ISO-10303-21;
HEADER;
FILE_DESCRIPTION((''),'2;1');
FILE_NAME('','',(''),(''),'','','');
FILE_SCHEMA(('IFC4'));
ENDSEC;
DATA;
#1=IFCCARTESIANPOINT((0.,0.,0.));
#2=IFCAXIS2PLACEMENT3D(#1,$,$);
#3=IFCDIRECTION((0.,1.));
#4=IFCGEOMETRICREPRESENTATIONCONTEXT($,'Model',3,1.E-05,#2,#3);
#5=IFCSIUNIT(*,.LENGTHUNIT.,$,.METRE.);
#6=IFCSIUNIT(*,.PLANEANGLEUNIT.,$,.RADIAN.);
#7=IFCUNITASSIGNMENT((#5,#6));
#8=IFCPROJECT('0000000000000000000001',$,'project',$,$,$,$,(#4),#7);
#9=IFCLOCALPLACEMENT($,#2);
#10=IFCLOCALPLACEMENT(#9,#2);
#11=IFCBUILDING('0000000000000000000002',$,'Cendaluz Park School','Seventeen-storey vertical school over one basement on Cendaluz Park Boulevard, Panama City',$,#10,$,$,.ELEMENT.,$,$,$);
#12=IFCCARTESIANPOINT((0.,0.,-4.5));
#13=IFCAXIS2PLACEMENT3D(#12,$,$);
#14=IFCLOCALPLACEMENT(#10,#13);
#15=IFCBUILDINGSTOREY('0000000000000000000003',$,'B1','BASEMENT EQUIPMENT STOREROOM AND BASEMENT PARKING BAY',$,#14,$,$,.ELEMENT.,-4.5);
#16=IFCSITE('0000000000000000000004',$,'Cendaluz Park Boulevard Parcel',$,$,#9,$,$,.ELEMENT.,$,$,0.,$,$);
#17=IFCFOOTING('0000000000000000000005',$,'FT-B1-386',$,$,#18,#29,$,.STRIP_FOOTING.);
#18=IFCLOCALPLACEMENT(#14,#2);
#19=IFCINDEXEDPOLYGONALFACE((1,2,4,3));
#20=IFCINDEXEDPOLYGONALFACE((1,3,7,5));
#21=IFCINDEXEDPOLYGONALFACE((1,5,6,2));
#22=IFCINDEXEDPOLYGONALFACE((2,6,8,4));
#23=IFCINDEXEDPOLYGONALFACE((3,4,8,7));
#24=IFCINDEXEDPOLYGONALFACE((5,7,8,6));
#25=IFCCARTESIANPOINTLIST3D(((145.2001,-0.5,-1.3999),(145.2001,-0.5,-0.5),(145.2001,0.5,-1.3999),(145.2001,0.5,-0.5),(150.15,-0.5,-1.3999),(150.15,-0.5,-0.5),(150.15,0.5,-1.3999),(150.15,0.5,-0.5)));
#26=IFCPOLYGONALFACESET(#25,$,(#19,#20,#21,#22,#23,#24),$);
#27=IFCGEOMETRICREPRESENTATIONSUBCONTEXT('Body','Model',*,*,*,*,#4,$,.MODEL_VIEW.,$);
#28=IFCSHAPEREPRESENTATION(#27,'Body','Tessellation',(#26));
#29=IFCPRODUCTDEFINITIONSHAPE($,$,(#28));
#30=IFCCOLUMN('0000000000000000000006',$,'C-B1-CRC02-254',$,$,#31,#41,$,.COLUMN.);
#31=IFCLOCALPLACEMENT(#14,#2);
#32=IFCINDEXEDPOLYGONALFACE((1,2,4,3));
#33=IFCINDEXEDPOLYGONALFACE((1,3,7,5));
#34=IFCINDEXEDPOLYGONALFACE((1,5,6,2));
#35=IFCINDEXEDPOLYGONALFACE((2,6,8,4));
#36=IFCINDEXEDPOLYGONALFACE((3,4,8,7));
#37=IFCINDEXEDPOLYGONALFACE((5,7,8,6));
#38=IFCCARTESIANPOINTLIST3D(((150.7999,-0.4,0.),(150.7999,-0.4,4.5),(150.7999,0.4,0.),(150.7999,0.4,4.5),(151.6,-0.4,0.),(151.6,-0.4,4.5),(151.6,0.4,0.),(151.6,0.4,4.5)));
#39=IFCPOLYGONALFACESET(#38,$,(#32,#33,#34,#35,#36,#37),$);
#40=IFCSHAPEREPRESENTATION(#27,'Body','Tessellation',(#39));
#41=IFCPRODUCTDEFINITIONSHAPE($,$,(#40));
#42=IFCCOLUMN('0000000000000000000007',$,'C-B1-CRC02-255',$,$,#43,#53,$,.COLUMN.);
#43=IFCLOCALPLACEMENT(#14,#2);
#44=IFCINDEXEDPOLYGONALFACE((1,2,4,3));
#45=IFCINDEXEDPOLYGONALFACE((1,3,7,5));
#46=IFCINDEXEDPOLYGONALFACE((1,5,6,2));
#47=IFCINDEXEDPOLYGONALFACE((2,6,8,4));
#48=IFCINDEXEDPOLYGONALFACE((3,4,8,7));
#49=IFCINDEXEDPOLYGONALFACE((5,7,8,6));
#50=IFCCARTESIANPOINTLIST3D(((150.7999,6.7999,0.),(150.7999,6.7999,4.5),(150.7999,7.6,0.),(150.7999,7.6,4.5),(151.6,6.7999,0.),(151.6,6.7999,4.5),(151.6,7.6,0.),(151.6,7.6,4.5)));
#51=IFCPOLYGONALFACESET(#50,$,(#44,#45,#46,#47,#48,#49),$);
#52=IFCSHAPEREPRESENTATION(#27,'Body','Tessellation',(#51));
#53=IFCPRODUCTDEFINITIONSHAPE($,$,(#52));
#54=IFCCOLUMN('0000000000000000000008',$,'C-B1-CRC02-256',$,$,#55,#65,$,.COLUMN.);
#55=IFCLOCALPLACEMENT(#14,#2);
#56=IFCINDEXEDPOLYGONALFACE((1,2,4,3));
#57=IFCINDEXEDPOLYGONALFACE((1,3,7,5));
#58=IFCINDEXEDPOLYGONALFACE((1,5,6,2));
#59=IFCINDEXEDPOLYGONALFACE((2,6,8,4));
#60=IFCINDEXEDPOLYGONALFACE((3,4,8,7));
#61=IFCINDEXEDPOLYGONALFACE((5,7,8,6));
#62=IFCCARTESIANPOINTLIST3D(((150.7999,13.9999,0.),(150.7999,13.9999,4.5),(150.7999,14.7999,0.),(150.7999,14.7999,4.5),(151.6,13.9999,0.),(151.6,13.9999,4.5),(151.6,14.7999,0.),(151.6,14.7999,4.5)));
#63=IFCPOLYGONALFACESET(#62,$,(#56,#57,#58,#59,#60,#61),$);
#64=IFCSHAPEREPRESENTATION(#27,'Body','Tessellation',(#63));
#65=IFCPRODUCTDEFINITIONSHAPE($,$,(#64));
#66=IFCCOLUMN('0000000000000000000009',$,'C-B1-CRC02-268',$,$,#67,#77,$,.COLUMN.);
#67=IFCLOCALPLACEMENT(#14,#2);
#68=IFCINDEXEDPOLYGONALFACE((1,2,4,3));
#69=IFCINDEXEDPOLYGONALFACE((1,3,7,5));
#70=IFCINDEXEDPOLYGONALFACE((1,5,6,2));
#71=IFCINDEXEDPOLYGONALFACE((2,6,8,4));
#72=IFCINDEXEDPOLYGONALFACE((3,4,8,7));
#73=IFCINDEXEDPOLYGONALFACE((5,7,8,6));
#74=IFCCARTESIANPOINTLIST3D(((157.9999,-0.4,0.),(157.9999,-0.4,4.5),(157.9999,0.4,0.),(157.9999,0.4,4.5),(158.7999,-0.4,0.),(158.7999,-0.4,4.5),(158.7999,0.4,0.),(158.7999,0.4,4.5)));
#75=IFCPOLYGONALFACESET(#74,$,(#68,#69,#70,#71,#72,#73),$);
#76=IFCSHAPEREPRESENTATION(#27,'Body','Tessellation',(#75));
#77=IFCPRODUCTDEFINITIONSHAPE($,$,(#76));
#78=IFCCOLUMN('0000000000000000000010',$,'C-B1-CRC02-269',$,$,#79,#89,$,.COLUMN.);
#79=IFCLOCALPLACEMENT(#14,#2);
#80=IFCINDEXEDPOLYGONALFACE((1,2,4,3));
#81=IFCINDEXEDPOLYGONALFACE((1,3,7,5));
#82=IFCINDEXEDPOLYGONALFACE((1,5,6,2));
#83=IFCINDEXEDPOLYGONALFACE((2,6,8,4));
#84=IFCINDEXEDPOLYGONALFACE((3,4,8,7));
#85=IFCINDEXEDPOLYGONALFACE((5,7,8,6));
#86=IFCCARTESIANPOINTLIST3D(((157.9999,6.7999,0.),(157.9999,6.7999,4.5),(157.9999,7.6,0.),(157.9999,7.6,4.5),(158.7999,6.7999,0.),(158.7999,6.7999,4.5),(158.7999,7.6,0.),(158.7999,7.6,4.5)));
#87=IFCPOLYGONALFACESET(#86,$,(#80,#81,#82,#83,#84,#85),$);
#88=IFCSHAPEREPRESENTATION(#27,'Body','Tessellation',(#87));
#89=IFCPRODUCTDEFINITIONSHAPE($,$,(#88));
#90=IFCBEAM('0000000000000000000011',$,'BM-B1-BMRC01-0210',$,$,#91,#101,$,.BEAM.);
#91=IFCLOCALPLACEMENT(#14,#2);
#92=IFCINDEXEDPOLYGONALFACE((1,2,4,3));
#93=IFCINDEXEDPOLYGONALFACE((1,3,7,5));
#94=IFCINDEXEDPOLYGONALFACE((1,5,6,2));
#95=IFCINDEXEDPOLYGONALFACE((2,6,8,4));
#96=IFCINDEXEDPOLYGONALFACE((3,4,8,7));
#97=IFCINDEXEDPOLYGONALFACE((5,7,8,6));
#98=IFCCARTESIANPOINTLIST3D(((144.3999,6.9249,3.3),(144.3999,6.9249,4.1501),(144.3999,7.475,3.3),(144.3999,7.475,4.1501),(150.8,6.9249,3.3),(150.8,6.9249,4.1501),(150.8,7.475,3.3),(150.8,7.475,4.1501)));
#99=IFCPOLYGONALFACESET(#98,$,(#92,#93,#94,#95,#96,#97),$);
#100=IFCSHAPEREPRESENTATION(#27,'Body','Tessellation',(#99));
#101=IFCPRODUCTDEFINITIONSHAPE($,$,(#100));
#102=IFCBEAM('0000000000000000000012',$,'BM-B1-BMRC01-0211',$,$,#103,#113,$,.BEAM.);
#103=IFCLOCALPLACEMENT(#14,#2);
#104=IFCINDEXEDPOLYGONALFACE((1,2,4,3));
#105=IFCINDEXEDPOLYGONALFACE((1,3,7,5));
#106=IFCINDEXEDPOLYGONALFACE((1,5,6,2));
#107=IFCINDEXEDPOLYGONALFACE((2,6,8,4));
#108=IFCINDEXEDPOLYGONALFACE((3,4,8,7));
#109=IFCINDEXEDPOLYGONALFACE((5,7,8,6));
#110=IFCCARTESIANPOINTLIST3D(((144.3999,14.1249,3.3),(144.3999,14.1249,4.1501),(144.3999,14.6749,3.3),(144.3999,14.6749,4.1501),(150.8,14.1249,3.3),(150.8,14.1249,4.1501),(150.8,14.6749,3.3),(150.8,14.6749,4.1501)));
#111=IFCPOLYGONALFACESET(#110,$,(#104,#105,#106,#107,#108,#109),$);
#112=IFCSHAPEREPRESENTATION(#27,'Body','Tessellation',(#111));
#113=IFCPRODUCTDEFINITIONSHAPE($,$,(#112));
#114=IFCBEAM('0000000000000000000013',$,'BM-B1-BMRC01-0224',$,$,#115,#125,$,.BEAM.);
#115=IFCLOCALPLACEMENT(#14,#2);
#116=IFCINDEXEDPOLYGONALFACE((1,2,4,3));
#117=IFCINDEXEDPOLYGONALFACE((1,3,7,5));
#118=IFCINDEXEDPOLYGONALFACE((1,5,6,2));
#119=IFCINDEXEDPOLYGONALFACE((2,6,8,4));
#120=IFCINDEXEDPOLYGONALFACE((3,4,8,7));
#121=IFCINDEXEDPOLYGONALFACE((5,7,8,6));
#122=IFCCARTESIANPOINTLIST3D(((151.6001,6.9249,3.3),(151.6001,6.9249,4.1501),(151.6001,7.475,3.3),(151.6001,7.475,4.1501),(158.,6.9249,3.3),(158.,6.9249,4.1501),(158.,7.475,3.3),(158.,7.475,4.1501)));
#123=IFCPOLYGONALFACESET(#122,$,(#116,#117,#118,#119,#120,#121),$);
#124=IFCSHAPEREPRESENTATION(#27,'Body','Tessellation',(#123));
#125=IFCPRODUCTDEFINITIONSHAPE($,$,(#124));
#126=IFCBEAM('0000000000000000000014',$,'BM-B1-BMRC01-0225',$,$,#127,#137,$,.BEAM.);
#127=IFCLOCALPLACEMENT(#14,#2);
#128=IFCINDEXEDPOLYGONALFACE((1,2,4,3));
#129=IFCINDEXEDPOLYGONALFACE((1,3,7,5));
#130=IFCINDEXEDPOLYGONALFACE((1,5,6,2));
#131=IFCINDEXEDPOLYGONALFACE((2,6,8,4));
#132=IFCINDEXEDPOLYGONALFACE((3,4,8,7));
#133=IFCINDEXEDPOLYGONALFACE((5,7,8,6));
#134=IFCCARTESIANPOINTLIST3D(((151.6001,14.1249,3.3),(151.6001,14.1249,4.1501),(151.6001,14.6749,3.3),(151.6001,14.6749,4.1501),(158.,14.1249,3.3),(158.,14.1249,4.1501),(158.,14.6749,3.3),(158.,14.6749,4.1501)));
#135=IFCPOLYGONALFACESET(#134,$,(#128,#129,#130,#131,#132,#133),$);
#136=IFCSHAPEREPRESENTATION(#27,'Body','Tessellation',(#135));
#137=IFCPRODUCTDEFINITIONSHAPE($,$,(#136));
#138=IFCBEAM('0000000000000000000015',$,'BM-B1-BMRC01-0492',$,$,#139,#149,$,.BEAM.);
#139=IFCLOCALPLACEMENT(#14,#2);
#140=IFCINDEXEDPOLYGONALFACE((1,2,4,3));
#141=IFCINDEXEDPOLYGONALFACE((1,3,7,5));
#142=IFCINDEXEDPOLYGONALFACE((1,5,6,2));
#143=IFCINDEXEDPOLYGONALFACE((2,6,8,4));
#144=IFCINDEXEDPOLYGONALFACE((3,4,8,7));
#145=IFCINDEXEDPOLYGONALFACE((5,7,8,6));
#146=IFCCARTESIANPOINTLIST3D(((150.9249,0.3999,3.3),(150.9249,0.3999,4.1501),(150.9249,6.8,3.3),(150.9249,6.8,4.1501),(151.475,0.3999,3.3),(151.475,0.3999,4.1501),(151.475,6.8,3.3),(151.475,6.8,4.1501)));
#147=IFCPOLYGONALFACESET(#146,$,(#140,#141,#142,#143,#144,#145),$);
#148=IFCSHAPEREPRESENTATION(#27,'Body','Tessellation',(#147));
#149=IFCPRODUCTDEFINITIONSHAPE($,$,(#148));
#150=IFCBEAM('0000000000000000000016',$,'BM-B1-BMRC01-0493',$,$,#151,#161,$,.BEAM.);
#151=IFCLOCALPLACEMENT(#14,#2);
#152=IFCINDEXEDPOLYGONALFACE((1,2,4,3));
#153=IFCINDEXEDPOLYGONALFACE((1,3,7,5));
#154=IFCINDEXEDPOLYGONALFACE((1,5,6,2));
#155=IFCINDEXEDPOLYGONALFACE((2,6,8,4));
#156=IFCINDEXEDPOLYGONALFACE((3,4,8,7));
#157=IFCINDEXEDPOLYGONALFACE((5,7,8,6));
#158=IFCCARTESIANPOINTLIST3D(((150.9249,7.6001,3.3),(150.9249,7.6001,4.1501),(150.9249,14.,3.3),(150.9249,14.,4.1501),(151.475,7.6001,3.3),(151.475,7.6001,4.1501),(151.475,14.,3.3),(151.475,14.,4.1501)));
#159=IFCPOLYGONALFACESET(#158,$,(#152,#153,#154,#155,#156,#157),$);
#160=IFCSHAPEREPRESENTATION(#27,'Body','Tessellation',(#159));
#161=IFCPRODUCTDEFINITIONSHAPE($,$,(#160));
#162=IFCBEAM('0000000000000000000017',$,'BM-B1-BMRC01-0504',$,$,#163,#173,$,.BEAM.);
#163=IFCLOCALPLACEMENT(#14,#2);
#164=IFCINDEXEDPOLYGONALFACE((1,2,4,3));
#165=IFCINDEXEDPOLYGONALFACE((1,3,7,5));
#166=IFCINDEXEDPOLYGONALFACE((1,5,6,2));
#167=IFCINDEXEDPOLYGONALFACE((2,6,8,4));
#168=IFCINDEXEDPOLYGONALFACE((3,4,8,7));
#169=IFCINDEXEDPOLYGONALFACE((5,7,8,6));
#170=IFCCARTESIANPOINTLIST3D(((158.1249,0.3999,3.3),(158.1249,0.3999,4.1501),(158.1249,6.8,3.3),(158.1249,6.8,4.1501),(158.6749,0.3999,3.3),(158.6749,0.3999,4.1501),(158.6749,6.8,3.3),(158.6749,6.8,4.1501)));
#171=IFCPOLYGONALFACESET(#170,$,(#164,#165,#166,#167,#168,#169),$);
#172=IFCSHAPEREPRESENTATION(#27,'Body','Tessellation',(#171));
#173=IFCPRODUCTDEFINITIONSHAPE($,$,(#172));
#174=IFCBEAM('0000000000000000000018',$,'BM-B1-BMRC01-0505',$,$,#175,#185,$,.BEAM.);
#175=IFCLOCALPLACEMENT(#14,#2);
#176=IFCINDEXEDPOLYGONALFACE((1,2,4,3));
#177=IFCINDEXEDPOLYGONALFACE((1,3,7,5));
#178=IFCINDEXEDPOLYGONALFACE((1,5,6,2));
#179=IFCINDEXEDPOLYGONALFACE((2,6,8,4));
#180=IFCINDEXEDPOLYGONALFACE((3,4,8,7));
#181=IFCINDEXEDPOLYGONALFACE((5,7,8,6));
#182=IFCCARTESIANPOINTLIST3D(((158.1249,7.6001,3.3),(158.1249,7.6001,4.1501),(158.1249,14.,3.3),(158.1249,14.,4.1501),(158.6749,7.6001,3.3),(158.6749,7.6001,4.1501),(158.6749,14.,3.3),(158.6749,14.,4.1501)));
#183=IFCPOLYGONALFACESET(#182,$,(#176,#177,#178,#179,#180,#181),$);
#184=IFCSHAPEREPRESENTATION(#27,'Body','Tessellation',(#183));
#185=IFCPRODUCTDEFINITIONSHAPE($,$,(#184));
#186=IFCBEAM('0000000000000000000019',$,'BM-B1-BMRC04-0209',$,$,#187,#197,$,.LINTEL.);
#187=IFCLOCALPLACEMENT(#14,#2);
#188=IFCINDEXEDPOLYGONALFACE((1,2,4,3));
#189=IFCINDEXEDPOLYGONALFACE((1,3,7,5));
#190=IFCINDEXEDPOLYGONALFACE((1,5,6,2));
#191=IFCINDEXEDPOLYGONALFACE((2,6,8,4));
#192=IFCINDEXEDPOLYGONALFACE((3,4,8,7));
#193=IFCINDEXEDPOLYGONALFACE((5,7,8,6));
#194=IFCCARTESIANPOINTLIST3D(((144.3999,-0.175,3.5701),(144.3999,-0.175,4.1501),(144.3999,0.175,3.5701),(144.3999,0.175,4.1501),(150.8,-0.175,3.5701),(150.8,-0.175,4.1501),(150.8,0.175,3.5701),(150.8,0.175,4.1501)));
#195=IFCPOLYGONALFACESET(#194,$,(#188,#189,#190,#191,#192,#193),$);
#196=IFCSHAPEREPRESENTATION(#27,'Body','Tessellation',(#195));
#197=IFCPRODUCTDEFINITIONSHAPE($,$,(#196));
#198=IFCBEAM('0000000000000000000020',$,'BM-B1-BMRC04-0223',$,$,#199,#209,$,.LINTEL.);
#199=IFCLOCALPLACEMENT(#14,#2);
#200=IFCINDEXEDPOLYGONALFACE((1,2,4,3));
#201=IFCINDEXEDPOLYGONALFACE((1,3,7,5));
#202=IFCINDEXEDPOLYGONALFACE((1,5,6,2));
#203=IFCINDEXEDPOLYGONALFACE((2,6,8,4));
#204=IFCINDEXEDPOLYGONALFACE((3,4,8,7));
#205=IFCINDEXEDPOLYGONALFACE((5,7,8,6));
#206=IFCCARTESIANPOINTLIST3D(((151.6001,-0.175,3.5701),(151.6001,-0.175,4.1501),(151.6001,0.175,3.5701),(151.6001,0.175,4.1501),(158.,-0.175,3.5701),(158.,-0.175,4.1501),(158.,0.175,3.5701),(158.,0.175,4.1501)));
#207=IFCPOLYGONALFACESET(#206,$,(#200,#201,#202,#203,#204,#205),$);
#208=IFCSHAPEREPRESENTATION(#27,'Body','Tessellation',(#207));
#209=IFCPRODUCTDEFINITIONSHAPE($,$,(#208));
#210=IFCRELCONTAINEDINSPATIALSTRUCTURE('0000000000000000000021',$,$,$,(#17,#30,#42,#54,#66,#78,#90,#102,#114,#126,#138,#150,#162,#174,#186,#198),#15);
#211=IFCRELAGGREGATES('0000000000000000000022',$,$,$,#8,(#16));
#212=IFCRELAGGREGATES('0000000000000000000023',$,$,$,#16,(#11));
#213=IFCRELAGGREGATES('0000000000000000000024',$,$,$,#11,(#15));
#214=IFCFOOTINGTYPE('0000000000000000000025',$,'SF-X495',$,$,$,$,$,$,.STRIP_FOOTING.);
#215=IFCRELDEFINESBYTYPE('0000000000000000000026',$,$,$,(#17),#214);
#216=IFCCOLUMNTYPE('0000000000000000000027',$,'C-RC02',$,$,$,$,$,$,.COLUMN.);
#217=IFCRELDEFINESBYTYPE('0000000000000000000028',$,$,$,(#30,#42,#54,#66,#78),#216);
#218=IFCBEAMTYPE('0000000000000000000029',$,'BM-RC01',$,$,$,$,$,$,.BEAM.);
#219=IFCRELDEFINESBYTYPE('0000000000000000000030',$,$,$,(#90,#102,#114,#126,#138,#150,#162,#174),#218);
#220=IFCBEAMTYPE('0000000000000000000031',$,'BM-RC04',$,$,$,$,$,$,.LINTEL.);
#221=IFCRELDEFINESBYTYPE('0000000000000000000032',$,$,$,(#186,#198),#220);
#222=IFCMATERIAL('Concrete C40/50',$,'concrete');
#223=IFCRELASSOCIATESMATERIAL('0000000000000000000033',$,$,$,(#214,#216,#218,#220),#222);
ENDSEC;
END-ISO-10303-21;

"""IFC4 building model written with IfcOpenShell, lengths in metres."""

from ifc_helpers import new_model, si_unit, direction, frame, origin, origin_2d, place, context, subcontext, project, spatial, rectangle, extrude, material, material_profile, profile_set, type_object, element, save


model = new_model("IFC4")

# Units and contexts
model_context = context("Model", 3, precision=1e-05, world=origin(), true_north=direction((0.0, 1.0)))
body_context = subcontext(model_context, "Body", "Model", "MODEL_VIEW")
ifc_project = project(units=[si_unit("LENGTHUNIT", "METRE"), si_unit("PLANEANGLEUNIT", "RADIAN")], contexts=[model_context])

# Site, building, storey
site_placement = place(None, origin())
site = spatial("IfcSite", under=ifc_project, at=site_placement, Name="Cendaluz Park Boulevard Parcel", CompositionType="ELEMENT", RefElevation=0.0)
building_placement = place(site_placement, origin())
building = spatial("IfcBuilding", under=site, at=building_placement, Name="Cendaluz Park School", Description="Seventeen-storey vertical school over one basement on Cendaluz Park Boulevard, Panama City", CompositionType="ELEMENT")
storey_placement = place(building_placement, frame((0.0, 0.0, -4.5)))
storey = spatial("IfcBuildingStorey", under=building, at=storey_placement, Name="B1", Description="BASEMENT EQUIPMENT STOREROOM AND BASEMENT PARKING BAY", CompositionType="ELEMENT", Elevation=-4.5)

# Shared definitions
ifc_material_1 = material(Name="Concrete C40/50", Category="concrete")

# Footing
footing_type_1 = type_object("IfcFootingType", Name="SF-X495", PredefinedType="STRIP_FOOTING", material=ifc_material_1)
footing_1_placement = place(storey_placement, frame((147.675, 0.0, -1.3999), z_axis=(0.0, 0.0, 1.0), x_axis=(1.0, 0.0, 0.0)))
element("IfcFooting", 1, at=footing_1_placement, inside=storey, type_object=footing_type_1, Name="FT-B1-386", PredefinedType="STRIP_FOOTING", context=body_context, shape_type="SweptSolid", body=[
    extrude(rectangle(XDim=4.95, YDim=1.0, at=origin_2d()), origin(), (0.0, 0.0, 1.0), 0.8999),
])

# Columns
ifc_material_profile_1 = material_profile(ifc_material_1, rectangle(XDim=0.8, YDim=0.8, at=origin_2d()), Name="RC 800x800", Category="concrete")
ifc_profile_set_1 = profile_set([ifc_material_profile_1], Name="Concrete C40/50")
column_type = type_object("IfcColumnType", Name="C-RC02", PredefinedType="COLUMN", material=ifc_profile_set_1)
for number, where, z_axis, x_axis, name in (
    (2, (151.2, 0.0, 0.0), (0.0, 0.0, 1.0), (1.0, 0.0, 0.0), "C-B1-CRC02-254"),
    (3, (151.2, 7.2, 0.0), (0.0, 0.0, 1.0), (1.0, 0.0, 0.0), "C-B1-CRC02-255"),
    (4, (151.2, 14.3999, 0.0), (0.0, 0.0, 1.0), (1.0, 0.0, 0.0), "C-B1-CRC02-256"),
    (5, (158.3999, 0.0, 0.0), (0.0, 0.0, 1.0), (1.0, 0.0, 0.0), "C-B1-CRC02-268"),
    (6, (158.3999, 7.2, 0.0), (0.0, 0.0, 1.0), (1.0, 0.0, 0.0), "C-B1-CRC02-269"),
):
    element("IfcColumn", number, at=place(storey_placement, frame(where, z_axis=z_axis, x_axis=x_axis)), inside=storey, type_object=column_type, Name=name, PredefinedType="COLUMN", context=body_context, shape_type="SweptSolid", body=[
        extrude(rectangle(XDim=0.8, YDim=0.8, at=origin_2d()), origin(), (0.0, 0.0, 1.0), 4.5),
    ])

# Beams
ifc_material_profile_2 = material_profile(ifc_material_1, rectangle(XDim=0.55, YDim=0.8501, at=origin_2d()), Name="RC 550x850", Category="concrete")
ifc_profile_set_2 = profile_set([ifc_material_profile_2], Name="Concrete C40/50")
beam_type_1 = type_object("IfcBeamType", Name="BM-RC01", PredefinedType="BEAM", material=ifc_profile_set_2)
for number, where, z_axis, x_axis, name in (
    (7, (144.3999, 7.2, 3.7251), (1.0, 0.0, 0.0), (0.0, 1.0, 0.0), "BM-B1-BMRC01-0210"),
    (8, (144.3999, 14.3999, 3.7251), (1.0, 0.0, 0.0), (0.0, 1.0, 0.0), "BM-B1-BMRC01-0211"),
):
    element("IfcBeam", number, at=place(storey_placement, frame(where, z_axis=z_axis, x_axis=x_axis)), inside=storey, type_object=beam_type_1, Name=name, PredefinedType="BEAM", context=body_context, shape_type="SweptSolid", body=[
        extrude(rectangle(XDim=0.55, YDim=0.8501, at=origin_2d()), origin(), (0.0, 0.0, 1.0), 6.4001),
    ])
for number, where, z_axis, x_axis, name in (
    (9, (151.6001, 7.2, 3.7251), (1.0, 0.0, 0.0), (0.0, 1.0, 0.0), "BM-B1-BMRC01-0224"),
    (10, (151.6001, 14.3999, 3.7251), (1.0, 0.0, 0.0), (0.0, 1.0, 0.0), "BM-B1-BMRC01-0225"),
):
    element("IfcBeam", number, at=place(storey_placement, frame(where, z_axis=z_axis, x_axis=x_axis)), inside=storey, type_object=beam_type_1, Name=name, PredefinedType="BEAM", context=body_context, shape_type="SweptSolid", body=[
        extrude(rectangle(XDim=0.55, YDim=0.8501, at=origin_2d()), origin(), (0.0, 0.0, 1.0), 6.3999),
    ])
beam_1_placement = place(storey_placement, frame((151.2, 0.3999, 3.7251), z_axis=(0.0, 1.0, 0.0), x_axis=(-1.0, 0.0, 0.0)))
element("IfcBeam", 11, at=beam_1_placement, inside=storey, type_object=beam_type_1, Name="BM-B1-BMRC01-0492", PredefinedType="BEAM", context=body_context, shape_type="SweptSolid", body=[
    extrude(rectangle(XDim=0.55, YDim=0.8501, at=origin_2d()), origin(), (0.0, 0.0, 1.0), 6.4001),
])
beam_2_placement = place(storey_placement, frame((151.2, 7.6001, 3.7251), z_axis=(0.0, 1.0, 0.0), x_axis=(-1.0, 0.0, 0.0)))
element("IfcBeam", 12, at=beam_2_placement, inside=storey, type_object=beam_type_1, Name="BM-B1-BMRC01-0493", PredefinedType="BEAM", context=body_context, shape_type="SweptSolid", body=[
    extrude(rectangle(XDim=0.55, YDim=0.8501, at=origin_2d()), origin(), (0.0, 0.0, 1.0), 6.3999),
])
beam_3_placement = place(storey_placement, frame((158.3999, 0.3999, 3.7251), z_axis=(0.0, 1.0, 0.0), x_axis=(-1.0, 0.0, 0.0)))
element("IfcBeam", 13, at=beam_3_placement, inside=storey, type_object=beam_type_1, Name="BM-B1-BMRC01-0504", PredefinedType="BEAM", context=body_context, shape_type="SweptSolid", body=[
    extrude(rectangle(XDim=0.55, YDim=0.8501, at=origin_2d()), origin(), (0.0, 0.0, 1.0), 6.4001),
])
beam_4_placement = place(storey_placement, frame((158.3999, 7.6001, 3.7251), z_axis=(0.0, 1.0, 0.0), x_axis=(-1.0, 0.0, 0.0)))
element("IfcBeam", 14, at=beam_4_placement, inside=storey, type_object=beam_type_1, Name="BM-B1-BMRC01-0505", PredefinedType="BEAM", context=body_context, shape_type="SweptSolid", body=[
    extrude(rectangle(XDim=0.55, YDim=0.8501, at=origin_2d()), origin(), (0.0, 0.0, 1.0), 6.3999),
])
ifc_material_profile_3 = material_profile(ifc_material_1, rectangle(XDim=0.3501, YDim=0.5801, at=origin_2d()), Name="RC 350x580", Category="concrete")
ifc_profile_set_3 = profile_set([ifc_material_profile_3], Name="Concrete C40/50")
beam_type_2 = type_object("IfcBeamType", Name="BM-RC04", PredefinedType="LINTEL", material=ifc_profile_set_3)
beam_5_placement = place(storey_placement, frame((144.3999, 0.0, 3.8601), z_axis=(1.0, 0.0, 0.0), x_axis=(0.0, 1.0, 0.0)))
element("IfcBeam", 15, at=beam_5_placement, inside=storey, type_object=beam_type_2, Name="BM-B1-BMRC04-0209", PredefinedType="LINTEL", context=body_context, shape_type="SweptSolid", body=[
    extrude(rectangle(XDim=0.3501, YDim=0.5801, at=origin_2d()), origin(), (0.0, 0.0, 1.0), 6.4001),
])
beam_6_placement = place(storey_placement, frame((151.6001, 0.0, 3.8601), z_axis=(1.0, 0.0, 0.0), x_axis=(0.0, 1.0, 0.0)))
element("IfcBeam", 16, at=beam_6_placement, inside=storey, type_object=beam_type_2, Name="BM-B1-BMRC04-0223", PredefinedType="LINTEL", context=body_context, shape_type="SweptSolid", body=[
    extrude(rectangle(XDim=0.3501, YDim=0.5801, at=origin_2d()), origin(), (0.0, 0.0, 1.0), 6.3999),
])

save(model, "model.ifc")
